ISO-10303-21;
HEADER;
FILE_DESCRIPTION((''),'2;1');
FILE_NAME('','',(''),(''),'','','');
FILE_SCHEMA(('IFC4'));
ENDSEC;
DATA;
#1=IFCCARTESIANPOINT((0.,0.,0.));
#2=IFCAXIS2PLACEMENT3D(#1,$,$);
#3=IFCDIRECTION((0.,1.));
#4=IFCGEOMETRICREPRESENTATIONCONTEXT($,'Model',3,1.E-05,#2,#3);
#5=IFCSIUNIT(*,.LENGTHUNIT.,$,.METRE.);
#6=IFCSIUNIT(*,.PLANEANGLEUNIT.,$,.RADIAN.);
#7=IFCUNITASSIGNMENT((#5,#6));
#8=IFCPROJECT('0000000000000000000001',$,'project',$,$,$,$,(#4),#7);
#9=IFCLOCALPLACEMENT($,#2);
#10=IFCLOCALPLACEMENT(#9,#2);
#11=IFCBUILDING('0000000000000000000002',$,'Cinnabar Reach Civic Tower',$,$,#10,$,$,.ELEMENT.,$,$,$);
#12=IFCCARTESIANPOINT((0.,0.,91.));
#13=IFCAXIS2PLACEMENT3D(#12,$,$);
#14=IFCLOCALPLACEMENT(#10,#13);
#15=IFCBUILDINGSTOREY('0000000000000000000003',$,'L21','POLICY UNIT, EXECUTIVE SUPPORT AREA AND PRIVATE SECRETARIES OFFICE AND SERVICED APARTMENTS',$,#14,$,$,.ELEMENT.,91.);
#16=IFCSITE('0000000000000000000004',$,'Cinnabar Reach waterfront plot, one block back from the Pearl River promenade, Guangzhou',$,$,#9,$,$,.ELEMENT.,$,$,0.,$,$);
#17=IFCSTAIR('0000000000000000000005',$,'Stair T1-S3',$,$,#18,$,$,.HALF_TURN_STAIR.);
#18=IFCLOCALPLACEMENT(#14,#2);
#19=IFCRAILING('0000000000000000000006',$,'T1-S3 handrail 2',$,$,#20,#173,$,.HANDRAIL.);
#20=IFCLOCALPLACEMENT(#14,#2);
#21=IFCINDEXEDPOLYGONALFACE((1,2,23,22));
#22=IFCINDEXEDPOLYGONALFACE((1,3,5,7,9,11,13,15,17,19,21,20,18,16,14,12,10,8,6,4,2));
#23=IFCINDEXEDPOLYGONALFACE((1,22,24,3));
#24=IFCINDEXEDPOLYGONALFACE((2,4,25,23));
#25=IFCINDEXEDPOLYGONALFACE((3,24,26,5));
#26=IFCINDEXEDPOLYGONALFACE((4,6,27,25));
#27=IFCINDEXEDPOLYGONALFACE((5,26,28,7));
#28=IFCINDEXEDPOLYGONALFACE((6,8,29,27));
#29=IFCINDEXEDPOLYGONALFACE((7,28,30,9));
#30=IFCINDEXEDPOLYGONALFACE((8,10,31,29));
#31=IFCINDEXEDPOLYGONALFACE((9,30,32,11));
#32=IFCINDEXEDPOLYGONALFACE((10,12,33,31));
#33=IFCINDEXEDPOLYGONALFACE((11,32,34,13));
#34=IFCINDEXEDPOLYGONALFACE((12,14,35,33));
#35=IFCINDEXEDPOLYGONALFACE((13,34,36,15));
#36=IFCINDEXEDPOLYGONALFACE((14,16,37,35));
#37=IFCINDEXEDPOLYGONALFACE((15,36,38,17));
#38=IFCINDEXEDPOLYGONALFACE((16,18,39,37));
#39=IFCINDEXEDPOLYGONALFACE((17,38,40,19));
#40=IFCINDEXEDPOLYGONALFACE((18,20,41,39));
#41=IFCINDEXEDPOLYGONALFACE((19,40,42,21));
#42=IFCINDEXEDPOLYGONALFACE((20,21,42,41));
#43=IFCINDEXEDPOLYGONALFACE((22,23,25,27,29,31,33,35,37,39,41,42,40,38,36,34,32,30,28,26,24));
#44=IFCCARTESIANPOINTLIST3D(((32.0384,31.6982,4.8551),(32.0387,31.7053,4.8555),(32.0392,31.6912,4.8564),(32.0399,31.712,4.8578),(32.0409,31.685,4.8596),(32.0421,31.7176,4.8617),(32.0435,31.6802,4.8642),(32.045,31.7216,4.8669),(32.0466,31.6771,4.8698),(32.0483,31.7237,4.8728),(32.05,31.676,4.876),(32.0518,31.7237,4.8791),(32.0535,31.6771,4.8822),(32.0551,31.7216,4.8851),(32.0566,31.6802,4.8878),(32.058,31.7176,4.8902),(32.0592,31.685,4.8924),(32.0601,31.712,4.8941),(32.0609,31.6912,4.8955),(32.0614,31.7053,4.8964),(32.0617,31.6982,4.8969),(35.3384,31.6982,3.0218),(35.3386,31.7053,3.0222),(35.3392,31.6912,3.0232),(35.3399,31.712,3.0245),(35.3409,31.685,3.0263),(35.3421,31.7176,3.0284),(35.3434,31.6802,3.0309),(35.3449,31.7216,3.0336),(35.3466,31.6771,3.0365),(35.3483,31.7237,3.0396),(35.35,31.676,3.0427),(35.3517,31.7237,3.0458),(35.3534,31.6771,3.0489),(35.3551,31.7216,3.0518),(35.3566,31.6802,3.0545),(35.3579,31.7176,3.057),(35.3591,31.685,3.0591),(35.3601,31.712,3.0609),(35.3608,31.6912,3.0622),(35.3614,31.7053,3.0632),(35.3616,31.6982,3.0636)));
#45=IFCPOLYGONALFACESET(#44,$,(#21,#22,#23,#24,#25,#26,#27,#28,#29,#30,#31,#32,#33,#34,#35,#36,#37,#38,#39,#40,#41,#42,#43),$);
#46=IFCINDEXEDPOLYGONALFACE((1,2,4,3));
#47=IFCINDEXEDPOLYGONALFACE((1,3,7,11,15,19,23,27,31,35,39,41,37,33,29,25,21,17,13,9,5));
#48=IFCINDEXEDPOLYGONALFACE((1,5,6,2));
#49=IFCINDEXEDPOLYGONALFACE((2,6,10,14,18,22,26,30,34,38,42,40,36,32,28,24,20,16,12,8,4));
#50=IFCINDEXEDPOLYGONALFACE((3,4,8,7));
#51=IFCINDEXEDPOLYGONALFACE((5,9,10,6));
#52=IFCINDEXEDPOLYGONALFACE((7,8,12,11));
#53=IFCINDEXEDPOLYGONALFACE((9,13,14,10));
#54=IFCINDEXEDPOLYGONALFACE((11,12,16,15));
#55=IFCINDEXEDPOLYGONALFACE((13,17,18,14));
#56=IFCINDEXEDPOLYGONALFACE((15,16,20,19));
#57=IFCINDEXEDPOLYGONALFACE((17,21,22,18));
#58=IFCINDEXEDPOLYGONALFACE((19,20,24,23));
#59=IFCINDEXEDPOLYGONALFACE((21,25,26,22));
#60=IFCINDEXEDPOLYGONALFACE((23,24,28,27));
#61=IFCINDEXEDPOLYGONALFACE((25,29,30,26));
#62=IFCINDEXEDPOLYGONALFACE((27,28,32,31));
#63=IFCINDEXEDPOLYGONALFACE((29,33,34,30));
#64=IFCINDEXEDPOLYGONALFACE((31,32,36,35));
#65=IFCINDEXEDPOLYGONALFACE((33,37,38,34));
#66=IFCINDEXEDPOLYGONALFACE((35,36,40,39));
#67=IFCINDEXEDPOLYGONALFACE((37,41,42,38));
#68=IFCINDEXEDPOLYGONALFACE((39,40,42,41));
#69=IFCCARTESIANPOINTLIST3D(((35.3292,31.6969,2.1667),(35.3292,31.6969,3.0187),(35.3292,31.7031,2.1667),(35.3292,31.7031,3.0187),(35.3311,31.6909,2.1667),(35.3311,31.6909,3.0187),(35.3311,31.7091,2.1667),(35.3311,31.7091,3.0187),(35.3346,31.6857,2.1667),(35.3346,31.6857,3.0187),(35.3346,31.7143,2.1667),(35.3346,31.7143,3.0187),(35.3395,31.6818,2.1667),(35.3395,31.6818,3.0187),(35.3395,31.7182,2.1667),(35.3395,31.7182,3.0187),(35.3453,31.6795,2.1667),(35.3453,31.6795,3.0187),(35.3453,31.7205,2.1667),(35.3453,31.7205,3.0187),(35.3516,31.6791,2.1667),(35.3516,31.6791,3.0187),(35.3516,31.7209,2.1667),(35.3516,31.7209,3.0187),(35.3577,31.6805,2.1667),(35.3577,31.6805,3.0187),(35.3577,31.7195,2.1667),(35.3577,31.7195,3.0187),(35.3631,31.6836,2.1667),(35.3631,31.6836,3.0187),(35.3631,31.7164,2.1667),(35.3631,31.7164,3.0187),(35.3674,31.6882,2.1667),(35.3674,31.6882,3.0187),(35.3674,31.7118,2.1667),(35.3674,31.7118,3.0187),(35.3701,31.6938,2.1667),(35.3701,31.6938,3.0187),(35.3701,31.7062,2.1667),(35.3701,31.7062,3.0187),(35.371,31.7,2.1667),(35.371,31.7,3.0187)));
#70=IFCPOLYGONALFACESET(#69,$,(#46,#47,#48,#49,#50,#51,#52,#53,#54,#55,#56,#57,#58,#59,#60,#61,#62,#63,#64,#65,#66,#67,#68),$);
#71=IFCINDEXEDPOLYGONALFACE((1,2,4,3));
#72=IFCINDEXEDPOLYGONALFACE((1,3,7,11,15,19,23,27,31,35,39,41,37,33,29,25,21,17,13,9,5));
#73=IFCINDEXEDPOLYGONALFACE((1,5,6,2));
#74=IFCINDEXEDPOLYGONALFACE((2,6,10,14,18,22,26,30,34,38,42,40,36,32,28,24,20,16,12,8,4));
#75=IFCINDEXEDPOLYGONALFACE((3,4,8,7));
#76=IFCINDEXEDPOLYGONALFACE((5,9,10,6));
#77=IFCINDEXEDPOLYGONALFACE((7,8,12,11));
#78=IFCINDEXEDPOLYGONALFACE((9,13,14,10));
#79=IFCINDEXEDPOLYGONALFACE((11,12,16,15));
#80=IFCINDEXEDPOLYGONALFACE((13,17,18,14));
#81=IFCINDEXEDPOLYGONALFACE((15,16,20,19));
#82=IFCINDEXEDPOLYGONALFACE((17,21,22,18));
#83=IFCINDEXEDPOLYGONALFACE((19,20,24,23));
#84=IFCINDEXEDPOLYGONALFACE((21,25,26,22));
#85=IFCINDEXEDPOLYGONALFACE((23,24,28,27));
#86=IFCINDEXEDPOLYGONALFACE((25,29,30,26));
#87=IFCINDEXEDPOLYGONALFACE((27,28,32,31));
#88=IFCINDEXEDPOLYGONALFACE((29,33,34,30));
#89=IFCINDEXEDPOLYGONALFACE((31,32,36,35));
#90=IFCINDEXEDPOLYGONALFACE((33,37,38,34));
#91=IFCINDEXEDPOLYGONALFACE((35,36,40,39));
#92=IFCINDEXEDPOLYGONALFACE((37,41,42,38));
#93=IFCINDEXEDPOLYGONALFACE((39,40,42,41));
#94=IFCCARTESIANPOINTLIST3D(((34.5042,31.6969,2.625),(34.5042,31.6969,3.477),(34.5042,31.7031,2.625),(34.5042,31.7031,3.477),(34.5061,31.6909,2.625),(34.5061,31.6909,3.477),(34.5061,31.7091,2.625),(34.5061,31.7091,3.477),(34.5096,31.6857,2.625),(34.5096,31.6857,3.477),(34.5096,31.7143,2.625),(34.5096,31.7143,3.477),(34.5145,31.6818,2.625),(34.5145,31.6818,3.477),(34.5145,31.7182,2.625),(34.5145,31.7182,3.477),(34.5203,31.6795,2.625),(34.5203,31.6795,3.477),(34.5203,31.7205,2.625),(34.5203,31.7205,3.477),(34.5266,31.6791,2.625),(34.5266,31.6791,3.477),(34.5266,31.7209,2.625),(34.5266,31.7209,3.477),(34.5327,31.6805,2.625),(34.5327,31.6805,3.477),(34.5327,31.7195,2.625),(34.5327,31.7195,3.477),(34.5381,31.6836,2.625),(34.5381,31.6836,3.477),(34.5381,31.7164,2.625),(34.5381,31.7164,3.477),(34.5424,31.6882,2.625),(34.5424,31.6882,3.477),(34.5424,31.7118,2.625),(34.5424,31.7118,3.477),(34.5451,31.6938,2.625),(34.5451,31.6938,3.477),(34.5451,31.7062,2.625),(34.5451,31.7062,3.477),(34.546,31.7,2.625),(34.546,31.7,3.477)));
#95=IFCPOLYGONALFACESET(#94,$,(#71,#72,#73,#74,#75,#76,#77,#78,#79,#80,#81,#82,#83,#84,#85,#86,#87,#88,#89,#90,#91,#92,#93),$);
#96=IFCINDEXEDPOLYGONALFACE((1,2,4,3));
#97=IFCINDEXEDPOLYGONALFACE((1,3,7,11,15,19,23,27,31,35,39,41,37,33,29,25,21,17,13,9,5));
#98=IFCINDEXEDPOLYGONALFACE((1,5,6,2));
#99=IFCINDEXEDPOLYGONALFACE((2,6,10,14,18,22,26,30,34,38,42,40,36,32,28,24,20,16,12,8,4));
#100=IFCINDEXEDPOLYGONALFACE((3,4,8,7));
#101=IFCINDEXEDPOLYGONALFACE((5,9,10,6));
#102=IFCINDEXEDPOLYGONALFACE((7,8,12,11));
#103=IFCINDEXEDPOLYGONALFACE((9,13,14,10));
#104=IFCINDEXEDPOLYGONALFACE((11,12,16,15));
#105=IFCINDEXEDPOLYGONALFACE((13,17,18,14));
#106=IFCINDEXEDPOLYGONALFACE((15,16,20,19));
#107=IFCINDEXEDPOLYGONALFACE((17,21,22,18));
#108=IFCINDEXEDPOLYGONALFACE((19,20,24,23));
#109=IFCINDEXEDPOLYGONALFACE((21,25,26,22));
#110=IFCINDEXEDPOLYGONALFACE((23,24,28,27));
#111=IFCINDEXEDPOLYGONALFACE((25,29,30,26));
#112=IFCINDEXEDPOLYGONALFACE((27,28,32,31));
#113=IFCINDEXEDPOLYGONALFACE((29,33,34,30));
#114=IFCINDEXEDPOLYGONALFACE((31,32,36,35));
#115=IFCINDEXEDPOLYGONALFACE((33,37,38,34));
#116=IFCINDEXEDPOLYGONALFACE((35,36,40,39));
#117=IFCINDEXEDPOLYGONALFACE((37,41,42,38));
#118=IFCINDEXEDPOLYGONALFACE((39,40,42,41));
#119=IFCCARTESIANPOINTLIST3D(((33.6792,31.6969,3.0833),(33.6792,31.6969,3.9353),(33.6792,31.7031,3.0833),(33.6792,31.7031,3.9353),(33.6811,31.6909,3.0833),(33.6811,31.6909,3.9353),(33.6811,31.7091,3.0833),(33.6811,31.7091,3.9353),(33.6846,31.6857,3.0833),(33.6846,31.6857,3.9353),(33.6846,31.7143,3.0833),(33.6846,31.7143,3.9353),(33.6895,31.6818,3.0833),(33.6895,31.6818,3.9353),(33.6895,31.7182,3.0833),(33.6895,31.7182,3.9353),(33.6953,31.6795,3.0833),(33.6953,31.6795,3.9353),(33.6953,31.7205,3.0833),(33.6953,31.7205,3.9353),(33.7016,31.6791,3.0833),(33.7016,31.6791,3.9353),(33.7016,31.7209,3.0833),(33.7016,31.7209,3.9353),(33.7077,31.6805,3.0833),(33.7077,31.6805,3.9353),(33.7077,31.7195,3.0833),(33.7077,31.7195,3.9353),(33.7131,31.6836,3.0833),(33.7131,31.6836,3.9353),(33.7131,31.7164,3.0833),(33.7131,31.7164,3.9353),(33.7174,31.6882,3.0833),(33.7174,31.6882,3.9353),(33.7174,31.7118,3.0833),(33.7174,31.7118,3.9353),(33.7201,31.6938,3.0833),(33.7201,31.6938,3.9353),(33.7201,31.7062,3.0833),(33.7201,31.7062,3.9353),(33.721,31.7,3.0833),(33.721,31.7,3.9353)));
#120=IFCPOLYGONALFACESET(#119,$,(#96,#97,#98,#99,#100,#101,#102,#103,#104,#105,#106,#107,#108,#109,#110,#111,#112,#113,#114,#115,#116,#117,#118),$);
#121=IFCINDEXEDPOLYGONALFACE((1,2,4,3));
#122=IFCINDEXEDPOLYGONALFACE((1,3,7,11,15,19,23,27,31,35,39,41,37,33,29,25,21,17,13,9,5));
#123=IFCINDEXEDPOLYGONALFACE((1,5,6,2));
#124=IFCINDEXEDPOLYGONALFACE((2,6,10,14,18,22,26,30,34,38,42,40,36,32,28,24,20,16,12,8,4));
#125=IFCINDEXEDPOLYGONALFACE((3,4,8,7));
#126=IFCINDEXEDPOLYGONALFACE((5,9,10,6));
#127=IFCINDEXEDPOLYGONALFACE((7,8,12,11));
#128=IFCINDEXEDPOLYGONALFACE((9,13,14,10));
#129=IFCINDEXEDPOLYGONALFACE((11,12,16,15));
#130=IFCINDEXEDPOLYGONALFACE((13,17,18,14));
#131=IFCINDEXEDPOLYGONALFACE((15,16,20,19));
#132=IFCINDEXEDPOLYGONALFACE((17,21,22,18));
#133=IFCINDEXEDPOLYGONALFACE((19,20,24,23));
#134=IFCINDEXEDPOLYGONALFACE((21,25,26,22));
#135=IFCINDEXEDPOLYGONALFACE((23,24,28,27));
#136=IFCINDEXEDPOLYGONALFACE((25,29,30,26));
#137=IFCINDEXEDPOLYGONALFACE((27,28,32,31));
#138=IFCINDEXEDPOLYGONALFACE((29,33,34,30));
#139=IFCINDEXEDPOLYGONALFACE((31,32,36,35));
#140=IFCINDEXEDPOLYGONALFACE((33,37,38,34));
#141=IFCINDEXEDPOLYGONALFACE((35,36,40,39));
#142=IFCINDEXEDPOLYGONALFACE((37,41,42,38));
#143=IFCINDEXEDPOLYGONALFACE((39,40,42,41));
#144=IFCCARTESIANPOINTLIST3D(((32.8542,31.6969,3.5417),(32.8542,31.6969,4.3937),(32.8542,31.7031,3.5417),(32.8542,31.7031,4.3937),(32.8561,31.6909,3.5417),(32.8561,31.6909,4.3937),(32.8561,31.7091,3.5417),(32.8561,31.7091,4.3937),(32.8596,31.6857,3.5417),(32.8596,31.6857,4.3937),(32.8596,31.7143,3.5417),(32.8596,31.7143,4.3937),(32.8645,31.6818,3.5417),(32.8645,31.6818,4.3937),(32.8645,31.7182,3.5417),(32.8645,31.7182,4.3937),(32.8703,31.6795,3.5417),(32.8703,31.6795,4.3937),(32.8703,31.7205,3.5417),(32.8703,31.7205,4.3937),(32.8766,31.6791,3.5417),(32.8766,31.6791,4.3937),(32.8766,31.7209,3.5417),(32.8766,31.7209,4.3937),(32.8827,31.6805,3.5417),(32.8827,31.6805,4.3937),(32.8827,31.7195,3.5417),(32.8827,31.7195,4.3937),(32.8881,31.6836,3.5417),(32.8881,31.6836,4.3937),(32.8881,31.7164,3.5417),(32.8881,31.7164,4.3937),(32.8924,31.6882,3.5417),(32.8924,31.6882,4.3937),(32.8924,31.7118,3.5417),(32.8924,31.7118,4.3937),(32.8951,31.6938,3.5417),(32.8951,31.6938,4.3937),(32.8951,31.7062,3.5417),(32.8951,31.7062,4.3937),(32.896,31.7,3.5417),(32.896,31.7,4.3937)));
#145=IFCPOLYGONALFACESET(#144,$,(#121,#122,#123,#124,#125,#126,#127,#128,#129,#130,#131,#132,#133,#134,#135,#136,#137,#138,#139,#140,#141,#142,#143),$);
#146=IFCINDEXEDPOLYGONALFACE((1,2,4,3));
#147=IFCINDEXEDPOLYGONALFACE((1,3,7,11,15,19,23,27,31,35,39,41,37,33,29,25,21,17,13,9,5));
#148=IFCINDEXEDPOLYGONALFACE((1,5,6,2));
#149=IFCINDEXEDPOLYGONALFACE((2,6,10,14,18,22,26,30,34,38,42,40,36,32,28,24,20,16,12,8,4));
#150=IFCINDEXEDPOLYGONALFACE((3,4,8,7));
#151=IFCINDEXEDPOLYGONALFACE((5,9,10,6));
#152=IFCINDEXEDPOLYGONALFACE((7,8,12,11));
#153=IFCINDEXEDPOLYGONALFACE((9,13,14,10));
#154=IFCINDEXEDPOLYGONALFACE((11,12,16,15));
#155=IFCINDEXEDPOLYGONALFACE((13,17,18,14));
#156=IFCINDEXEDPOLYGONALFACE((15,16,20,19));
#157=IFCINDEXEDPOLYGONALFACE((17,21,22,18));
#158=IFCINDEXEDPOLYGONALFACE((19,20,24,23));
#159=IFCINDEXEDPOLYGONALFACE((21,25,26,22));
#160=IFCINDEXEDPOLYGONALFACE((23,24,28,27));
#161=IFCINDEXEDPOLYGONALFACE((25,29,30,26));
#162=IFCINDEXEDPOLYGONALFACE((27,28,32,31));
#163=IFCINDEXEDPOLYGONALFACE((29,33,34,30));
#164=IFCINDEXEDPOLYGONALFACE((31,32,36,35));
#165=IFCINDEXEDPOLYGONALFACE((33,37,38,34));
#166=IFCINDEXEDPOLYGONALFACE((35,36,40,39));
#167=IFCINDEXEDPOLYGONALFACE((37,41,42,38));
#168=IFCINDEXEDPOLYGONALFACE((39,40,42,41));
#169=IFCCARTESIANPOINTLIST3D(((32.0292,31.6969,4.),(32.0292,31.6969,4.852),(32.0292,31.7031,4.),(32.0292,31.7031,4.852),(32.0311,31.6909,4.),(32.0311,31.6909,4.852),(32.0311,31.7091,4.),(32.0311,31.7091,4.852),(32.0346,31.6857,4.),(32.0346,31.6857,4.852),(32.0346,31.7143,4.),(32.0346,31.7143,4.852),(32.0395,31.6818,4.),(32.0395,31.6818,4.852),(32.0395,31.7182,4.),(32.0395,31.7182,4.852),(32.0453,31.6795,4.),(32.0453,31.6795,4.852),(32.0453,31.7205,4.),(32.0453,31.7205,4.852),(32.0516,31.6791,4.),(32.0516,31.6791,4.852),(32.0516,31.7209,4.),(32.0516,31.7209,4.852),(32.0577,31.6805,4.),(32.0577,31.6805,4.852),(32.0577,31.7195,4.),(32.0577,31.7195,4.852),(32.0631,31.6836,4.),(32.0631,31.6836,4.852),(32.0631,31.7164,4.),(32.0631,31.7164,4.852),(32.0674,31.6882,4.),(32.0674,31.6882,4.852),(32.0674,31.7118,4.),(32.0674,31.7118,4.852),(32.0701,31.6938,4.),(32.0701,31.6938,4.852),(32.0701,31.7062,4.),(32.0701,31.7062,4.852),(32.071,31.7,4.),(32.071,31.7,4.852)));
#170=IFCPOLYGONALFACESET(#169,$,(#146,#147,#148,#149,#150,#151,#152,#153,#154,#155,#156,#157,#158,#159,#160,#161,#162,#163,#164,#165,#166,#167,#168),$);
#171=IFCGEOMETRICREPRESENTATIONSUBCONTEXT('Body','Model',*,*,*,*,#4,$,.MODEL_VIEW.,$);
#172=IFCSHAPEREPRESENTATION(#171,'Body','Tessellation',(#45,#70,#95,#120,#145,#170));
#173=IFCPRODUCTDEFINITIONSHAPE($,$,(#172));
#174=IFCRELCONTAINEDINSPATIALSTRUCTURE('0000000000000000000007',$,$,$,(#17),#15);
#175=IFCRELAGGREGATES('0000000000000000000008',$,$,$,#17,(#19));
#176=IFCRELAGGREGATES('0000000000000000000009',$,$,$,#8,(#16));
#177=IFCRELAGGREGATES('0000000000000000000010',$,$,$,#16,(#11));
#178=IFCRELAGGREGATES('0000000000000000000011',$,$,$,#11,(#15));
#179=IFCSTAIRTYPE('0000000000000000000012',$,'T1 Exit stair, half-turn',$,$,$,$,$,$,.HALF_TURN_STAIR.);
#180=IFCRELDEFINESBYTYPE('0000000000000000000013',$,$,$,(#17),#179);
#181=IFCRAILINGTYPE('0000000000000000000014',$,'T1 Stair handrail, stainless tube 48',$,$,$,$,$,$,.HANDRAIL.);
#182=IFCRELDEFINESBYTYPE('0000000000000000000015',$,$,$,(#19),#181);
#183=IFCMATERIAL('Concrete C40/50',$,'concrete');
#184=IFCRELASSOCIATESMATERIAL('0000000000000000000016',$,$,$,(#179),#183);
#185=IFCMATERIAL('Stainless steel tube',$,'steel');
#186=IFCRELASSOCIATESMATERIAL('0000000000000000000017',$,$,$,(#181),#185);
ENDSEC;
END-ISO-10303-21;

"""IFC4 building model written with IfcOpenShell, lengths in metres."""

from ifc_helpers import new_model, si_unit, direction, frame, origin, origin_2d, place, context, subcontext, project, spatial, circle, extrude, material, type_object, element, aggregate, save


model = new_model("IFC4")

# Units and contexts
model_context = context("Model", 3, precision=1e-05, world=origin(), true_north=direction((0.0, 1.0)))
body_context = subcontext(model_context, "Body", "Model", "MODEL_VIEW")
ifc_project = project(units=[si_unit("LENGTHUNIT", "METRE"), si_unit("PLANEANGLEUNIT", "RADIAN")], contexts=[model_context])

# Site, building, storey
site_placement = place(None, origin())
site = spatial("IfcSite", under=ifc_project, at=site_placement, Name="Cinnabar Reach waterfront plot, one block back from the Pearl River promenade, Guangzhou", CompositionType="ELEMENT", RefElevation=0.0)
building_placement = place(site_placement, origin())
building = spatial("IfcBuilding", under=site, at=building_placement, Name="Cinnabar Reach Civic Tower", CompositionType="ELEMENT")
storey_placement = place(building_placement, frame((0.0, 0.0, 91.0)))
storey = spatial("IfcBuildingStorey", under=building, at=storey_placement, Name="L21", Description="POLICY UNIT, EXECUTIVE SUPPORT AREA AND PRIVATE SECRETARIES OFFICE AND SERVICED APARTMENTS", CompositionType="ELEMENT", Elevation=91.0)

# Stair, railing
ifc_material_1 = material(Name="Concrete C40/50", Category="concrete")
stair_type = type_object("IfcStairType", Name="T1 Exit stair, half-turn", PredefinedType="HALF_TURN_STAIR", material=ifc_material_1)
stair_placement = place(storey_placement, origin())
stair = element("IfcStair", 1, at=stair_placement, inside=storey, type_object=stair_type, Name="Stair T1-S3", PredefinedType="HALF_TURN_STAIR")
ifc_material_2 = material(Name="Stainless steel tube", Category="steel")
railing_type = type_object("IfcRailingType", Name="T1 Stair handrail, stainless tube 48", PredefinedType="HANDRAIL", material=ifc_material_2)
railing_1_placement = place(storey_placement, frame((35.35, 31.7, 2.1667)))
railing_1 = element("IfcRailing", 2, at=railing_1_placement, type_object=railing_type, Name="T1-S3 handrail 2", PredefinedType="HANDRAIL", context=body_context, shape_type="SweptSolid", body=[
    extrude(circle(Radius=0.024, at=origin_2d()), frame((0.0, 0.0, 0.876), z_axis=(-0.874161, 0.0, 0.485636), x_axis=(0.0, -1.0, 0.0)), (0.0, 0.0, 1.0), 3.775),
    extrude(circle(Radius=0.021, at=origin_2d()), origin(), (0.0, 0.0, 1.0), 0.852),
    extrude(circle(Radius=0.021, at=origin_2d()), frame((-0.825, 0.0, 0.4583)), (0.0, 0.0, 1.0), 0.852),
    extrude(circle(Radius=0.021, at=origin_2d()), frame((-1.65, 0.0, 0.9166)), (0.0, 0.0, 1.0), 0.852),
    extrude(circle(Radius=0.021, at=origin_2d()), frame((-2.475, 0.0, 1.375)), (0.0, 0.0, 1.0), 0.852),
    extrude(circle(Radius=0.021, at=origin_2d()), frame((-3.3, 0.0, 1.8333)), (0.0, 0.0, 1.0), 0.852),
])
aggregate(stair, [railing_1])

save(model, "model.ifc")
